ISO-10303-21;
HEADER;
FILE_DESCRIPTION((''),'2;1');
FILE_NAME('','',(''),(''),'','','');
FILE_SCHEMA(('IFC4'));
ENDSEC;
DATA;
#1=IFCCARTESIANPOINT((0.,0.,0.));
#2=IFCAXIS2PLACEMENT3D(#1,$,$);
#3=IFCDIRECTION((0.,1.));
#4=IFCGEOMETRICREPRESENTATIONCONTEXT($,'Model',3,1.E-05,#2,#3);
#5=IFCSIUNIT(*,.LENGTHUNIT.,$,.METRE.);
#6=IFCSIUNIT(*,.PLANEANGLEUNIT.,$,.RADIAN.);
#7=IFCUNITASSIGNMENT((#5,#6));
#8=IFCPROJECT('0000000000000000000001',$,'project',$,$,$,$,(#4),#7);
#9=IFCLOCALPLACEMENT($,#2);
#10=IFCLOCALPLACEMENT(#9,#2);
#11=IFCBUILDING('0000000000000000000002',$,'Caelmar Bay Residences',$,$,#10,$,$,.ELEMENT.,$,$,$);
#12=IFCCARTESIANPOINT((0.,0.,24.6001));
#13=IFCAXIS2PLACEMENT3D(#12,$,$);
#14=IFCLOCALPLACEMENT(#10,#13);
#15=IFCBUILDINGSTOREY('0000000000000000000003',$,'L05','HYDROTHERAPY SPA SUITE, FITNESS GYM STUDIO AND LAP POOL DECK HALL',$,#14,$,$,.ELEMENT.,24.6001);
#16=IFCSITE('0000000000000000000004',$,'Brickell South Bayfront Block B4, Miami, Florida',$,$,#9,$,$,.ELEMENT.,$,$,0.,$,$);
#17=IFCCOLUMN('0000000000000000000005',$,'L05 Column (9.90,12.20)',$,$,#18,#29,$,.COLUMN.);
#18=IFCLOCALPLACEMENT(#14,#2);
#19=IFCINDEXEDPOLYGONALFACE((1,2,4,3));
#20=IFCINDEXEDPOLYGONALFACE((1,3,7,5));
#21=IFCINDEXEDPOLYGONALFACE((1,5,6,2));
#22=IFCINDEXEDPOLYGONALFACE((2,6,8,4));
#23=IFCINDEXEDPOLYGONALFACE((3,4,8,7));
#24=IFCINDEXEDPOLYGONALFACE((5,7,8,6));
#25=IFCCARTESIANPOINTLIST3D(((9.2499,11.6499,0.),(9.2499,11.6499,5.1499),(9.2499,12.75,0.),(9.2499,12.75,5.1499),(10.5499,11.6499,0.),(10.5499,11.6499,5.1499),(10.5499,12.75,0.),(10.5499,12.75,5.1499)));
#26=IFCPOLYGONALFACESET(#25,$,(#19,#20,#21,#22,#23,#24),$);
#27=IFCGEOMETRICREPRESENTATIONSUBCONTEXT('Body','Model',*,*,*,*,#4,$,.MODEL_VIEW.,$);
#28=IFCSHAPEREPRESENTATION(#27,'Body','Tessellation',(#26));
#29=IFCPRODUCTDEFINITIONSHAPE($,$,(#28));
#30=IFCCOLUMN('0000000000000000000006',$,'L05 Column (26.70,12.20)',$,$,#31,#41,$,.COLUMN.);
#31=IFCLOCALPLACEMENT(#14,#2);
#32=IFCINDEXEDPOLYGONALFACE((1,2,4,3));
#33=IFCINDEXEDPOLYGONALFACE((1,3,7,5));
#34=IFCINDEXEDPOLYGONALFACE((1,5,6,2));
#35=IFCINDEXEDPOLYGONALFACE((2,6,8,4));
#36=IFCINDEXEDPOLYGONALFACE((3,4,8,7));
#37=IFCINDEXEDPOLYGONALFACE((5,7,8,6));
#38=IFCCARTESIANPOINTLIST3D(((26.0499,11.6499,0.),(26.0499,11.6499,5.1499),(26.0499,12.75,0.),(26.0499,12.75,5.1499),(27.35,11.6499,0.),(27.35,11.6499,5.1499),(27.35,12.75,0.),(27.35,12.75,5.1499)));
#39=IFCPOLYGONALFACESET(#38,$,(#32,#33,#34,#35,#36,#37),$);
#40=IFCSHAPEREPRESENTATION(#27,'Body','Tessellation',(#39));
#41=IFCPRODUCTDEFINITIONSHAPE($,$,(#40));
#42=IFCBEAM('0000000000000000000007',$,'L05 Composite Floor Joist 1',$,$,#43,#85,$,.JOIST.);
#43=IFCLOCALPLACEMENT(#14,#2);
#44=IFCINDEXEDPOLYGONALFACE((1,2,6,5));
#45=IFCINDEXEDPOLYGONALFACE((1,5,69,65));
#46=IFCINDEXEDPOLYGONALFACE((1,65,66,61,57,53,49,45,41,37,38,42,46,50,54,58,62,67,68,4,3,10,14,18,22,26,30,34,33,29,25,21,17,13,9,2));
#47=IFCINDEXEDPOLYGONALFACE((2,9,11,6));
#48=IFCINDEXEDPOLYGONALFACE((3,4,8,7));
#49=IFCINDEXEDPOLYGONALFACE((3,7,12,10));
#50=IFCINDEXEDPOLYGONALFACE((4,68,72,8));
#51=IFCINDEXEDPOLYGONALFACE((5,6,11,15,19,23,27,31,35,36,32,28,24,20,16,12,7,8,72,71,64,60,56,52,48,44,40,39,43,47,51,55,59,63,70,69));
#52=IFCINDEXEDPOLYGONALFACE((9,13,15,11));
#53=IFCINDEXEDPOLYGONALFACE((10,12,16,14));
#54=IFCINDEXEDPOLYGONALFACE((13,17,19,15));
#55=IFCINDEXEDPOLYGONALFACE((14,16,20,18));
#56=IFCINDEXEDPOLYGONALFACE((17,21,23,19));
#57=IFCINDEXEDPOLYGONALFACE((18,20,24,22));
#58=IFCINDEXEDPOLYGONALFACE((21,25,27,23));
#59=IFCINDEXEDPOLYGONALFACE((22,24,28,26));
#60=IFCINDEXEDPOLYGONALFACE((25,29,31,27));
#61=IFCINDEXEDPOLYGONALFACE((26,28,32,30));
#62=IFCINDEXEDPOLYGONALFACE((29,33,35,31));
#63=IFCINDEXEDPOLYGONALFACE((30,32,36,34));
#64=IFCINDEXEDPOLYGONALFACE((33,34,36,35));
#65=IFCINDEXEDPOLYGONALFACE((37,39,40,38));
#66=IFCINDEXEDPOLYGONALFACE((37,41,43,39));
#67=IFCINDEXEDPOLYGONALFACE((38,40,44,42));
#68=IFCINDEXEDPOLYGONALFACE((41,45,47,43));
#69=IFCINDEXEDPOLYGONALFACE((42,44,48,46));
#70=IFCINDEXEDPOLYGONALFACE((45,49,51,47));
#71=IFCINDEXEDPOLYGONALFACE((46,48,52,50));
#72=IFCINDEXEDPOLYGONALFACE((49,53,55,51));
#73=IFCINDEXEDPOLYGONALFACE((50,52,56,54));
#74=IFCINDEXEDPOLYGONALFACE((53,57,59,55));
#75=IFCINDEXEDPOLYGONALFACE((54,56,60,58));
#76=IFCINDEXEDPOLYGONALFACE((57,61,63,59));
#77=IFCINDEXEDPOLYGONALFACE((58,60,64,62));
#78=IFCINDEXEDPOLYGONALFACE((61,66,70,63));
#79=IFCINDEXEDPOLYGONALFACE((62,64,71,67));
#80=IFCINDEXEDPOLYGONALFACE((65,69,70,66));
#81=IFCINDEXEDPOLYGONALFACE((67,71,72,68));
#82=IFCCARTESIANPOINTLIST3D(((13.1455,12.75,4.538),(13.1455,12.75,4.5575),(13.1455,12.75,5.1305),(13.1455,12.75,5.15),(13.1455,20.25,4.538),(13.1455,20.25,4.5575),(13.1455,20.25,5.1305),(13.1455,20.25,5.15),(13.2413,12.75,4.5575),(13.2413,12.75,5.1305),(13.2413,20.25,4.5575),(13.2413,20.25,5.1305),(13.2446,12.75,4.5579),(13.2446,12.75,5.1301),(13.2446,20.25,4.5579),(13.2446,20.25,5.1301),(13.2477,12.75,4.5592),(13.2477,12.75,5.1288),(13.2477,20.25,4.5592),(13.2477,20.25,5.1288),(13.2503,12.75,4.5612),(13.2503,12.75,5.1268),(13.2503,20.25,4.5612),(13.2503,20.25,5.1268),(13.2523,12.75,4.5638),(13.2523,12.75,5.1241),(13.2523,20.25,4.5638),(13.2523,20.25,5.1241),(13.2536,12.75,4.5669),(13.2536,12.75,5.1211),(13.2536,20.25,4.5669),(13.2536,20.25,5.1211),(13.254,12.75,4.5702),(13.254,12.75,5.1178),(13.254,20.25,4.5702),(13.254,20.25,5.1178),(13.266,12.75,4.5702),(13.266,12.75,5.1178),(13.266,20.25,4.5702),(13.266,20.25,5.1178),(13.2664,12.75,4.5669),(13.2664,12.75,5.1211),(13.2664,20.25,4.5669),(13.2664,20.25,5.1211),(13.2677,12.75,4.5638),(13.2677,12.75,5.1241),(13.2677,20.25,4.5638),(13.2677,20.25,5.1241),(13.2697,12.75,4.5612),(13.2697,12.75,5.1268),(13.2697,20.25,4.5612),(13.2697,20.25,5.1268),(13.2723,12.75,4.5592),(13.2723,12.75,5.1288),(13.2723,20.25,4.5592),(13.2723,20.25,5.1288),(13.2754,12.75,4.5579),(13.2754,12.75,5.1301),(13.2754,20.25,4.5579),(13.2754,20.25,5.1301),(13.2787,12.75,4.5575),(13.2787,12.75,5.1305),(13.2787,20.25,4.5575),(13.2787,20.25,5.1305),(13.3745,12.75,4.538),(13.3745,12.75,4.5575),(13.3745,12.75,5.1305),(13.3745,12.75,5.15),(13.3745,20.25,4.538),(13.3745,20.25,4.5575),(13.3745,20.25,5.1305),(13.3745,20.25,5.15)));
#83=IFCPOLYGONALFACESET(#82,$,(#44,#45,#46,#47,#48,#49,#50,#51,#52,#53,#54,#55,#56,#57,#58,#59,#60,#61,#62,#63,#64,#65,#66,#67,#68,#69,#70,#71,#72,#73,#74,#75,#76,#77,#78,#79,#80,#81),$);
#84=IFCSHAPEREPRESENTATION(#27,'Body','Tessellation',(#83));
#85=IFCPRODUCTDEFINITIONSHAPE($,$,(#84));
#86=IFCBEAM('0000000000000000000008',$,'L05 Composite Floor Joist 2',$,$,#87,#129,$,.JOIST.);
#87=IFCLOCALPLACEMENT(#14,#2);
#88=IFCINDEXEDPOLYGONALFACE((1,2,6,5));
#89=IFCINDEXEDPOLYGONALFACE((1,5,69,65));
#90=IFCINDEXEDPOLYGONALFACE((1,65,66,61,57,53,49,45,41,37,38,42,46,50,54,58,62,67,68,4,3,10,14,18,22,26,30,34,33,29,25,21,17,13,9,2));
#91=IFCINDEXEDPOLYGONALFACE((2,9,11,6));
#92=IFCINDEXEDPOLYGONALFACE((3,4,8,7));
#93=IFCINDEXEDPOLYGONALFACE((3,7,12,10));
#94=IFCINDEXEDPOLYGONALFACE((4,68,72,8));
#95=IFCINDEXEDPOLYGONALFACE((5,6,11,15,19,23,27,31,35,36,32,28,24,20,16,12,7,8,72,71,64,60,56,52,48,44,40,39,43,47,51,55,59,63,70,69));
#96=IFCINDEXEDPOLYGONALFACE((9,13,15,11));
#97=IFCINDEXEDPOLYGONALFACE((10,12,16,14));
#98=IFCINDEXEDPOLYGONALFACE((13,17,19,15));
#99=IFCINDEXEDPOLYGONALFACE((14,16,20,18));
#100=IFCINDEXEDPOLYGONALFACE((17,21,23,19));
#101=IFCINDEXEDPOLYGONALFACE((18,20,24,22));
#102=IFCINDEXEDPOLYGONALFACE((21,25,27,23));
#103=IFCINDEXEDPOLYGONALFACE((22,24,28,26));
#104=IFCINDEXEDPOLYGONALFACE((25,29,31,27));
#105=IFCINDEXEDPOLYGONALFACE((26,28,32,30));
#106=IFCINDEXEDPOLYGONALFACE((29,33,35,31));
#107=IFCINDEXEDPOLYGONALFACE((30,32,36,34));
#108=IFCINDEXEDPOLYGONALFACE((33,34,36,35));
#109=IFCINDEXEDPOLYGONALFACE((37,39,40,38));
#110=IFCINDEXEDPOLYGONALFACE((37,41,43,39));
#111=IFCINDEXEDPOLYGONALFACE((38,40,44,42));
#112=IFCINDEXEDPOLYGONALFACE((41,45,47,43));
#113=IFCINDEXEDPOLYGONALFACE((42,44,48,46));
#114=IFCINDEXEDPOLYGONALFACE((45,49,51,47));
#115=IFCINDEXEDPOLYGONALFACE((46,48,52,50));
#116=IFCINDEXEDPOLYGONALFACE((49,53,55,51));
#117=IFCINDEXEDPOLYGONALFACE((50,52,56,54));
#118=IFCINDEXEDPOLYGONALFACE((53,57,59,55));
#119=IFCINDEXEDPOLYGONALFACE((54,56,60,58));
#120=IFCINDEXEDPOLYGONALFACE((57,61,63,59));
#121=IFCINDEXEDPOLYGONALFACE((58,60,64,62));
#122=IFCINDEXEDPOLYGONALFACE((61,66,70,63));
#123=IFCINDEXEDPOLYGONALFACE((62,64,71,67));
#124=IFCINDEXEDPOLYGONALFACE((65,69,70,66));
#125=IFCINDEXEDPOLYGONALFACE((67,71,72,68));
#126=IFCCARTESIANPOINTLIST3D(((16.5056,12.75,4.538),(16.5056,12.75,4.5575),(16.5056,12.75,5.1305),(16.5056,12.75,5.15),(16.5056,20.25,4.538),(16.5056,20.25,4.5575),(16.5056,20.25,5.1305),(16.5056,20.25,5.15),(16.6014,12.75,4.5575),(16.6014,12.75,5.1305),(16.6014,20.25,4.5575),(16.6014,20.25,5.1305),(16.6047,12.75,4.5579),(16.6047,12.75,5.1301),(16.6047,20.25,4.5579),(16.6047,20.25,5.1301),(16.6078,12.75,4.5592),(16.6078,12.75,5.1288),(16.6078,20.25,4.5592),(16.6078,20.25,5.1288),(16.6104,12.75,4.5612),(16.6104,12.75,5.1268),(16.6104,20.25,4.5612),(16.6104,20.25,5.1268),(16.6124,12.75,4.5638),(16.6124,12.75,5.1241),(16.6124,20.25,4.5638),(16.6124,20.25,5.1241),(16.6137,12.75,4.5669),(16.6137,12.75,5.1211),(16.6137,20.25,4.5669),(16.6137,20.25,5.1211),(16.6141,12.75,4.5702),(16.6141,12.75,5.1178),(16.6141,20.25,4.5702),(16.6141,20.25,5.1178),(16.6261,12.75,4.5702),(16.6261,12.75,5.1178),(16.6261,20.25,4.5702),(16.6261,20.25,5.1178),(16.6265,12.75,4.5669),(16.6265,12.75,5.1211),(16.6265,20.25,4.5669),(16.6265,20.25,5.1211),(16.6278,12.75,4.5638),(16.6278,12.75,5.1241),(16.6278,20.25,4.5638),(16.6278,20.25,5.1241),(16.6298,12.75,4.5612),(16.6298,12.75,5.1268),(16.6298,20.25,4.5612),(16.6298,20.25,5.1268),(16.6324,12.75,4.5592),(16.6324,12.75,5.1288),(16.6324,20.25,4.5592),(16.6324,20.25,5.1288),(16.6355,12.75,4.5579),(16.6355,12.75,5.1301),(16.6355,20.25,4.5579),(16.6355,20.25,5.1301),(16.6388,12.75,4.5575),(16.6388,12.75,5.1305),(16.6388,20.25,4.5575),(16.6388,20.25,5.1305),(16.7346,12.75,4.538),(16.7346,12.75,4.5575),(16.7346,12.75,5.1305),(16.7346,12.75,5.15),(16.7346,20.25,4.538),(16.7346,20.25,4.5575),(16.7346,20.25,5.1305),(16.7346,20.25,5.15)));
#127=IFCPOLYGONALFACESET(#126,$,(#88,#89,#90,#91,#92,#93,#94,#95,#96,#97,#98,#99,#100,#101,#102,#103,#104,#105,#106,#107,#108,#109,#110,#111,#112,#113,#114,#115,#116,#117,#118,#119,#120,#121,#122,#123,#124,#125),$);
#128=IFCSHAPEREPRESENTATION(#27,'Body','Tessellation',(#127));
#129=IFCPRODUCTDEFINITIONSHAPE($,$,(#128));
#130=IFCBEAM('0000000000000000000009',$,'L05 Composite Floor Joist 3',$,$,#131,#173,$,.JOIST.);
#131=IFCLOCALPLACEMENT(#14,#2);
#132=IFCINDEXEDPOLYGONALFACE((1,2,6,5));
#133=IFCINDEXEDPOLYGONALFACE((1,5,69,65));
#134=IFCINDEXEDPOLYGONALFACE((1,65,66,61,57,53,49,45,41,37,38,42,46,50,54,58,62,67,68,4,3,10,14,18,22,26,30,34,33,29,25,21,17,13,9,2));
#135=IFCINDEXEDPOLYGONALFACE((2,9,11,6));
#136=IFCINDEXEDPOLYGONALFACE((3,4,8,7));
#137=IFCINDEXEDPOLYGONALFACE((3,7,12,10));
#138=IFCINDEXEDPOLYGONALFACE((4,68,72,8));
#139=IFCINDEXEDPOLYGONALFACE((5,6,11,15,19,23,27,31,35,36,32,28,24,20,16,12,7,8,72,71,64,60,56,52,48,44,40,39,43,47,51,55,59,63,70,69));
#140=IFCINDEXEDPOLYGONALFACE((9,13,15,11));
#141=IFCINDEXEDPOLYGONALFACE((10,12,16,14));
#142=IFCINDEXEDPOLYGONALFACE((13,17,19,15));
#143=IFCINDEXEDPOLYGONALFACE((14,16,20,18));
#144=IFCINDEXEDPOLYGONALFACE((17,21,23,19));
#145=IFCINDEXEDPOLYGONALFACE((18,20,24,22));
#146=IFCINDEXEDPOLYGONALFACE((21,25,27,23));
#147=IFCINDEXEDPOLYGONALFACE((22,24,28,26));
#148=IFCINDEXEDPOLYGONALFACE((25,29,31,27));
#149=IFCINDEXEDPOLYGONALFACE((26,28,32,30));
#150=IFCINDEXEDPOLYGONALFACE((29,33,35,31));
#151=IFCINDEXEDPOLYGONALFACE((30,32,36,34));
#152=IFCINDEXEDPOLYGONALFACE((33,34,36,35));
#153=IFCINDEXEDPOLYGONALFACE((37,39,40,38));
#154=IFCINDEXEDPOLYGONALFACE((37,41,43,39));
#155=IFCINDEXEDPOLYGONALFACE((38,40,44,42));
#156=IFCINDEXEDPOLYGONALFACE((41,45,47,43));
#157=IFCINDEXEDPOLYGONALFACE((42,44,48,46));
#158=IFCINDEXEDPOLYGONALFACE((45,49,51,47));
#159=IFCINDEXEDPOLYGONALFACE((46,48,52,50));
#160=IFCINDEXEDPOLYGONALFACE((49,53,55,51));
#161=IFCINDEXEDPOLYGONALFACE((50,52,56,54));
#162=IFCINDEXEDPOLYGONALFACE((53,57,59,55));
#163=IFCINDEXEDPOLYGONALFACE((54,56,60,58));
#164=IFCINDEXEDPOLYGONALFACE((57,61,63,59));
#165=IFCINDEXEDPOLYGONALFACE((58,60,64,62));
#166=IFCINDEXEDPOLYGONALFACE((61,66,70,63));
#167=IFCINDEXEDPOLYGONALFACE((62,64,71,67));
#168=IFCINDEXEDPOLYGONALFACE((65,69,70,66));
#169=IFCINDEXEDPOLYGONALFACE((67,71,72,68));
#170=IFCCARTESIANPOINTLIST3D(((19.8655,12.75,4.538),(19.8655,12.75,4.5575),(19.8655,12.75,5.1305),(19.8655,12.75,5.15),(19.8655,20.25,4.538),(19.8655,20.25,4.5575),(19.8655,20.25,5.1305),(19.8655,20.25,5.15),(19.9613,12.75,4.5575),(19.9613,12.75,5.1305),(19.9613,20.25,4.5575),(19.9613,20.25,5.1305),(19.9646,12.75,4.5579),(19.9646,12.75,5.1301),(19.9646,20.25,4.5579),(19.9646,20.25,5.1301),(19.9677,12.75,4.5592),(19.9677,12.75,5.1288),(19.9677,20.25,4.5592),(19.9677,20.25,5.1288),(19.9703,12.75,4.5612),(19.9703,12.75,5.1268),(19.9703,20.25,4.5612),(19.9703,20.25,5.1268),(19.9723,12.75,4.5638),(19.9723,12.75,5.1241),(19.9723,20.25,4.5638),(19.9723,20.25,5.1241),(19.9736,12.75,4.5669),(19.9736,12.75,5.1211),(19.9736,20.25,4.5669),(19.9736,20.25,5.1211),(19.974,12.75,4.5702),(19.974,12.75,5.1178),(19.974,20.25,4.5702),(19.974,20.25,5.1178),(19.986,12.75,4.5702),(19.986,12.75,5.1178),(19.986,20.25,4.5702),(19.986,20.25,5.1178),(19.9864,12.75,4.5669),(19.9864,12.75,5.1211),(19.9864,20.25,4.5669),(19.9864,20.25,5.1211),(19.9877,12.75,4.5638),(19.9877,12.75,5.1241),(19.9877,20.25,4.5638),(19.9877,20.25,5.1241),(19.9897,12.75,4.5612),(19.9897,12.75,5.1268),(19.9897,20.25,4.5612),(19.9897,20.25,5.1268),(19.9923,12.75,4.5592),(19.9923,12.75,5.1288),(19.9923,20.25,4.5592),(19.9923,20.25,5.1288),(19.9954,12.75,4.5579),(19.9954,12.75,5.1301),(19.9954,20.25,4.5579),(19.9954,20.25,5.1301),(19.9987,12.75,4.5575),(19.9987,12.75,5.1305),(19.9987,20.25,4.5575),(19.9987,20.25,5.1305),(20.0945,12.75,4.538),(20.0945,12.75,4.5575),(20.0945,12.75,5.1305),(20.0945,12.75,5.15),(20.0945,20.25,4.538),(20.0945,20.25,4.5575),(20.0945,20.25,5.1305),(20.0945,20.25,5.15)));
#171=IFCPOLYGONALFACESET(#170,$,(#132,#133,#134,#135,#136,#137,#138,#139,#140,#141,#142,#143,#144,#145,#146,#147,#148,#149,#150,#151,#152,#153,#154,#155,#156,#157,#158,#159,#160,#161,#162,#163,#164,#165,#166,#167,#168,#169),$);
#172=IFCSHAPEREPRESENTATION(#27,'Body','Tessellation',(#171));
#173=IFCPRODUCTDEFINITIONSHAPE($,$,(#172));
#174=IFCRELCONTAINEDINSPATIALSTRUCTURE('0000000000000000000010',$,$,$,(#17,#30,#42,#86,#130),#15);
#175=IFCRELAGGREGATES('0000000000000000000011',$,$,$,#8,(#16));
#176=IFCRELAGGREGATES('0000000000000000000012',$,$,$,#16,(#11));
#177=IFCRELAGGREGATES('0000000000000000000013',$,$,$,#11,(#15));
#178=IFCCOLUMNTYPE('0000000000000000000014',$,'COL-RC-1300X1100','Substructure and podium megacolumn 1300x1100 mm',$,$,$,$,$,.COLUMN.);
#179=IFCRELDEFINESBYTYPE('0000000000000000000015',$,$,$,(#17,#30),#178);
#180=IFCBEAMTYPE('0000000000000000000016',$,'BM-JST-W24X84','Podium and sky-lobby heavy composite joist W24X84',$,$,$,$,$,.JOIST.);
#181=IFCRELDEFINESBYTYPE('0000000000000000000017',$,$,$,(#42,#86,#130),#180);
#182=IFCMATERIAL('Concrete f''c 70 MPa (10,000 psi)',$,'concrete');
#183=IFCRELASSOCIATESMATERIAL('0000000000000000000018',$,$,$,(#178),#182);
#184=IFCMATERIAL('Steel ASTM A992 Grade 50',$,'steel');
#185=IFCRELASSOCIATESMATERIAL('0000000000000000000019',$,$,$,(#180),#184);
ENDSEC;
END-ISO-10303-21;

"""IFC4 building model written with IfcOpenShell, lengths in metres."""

from ifc_helpers import new_model, si_unit, direction, frame, origin, origin_2d, place, context, subcontext, project, spatial, rectangle, i_section, extrude, material, material_profile, profile_set, type_object, element, save


model = new_model("IFC4")

# Units and contexts
model_context = context("Model", 3, precision=1e-05, world=origin(), true_north=direction((0.0, 1.0)))
body_context = subcontext(model_context, "Body", "Model", "MODEL_VIEW")
ifc_project = project(units=[si_unit("LENGTHUNIT", "METRE"), si_unit("PLANEANGLEUNIT", "RADIAN")], contexts=[model_context])

# Site, building, storey
site_placement = place(None, origin())
site = spatial("IfcSite", under=ifc_project, at=site_placement, Name="Brickell South Bayfront Block B4, Miami, Florida", CompositionType="ELEMENT", RefElevation=0.0)
building_placement = place(site_placement, origin())
building = spatial("IfcBuilding", under=site, at=building_placement, Name="Caelmar Bay Residences", CompositionType="ELEMENT")
storey_placement = place(building_placement, frame((0.0, 0.0, 24.6001)))
storey = spatial("IfcBuildingStorey", under=building, at=storey_placement, Name="L05", Description="HYDROTHERAPY SPA SUITE, FITNESS GYM STUDIO AND LAP POOL DECK HALL", CompositionType="ELEMENT", Elevation=24.6001)

# Columns
ifc_material_1 = material(Name="Concrete f'c 70 MPa (10,000 psi)", Category="concrete")
ifc_material_profile_1 = material_profile(ifc_material_1, rectangle(XDim=1.3, YDim=1.1001, at=origin_2d()), Name="RC-COL-1300X1100")
ifc_profile_set_1 = profile_set([ifc_material_profile_1], Name="Concrete f'c 70 MPa (10,000 psi)")
column_type = type_object("IfcColumnType", Name="COL-RC-1300X1100", Description="Substructure and podium megacolumn 1300x1100 mm", PredefinedType="COLUMN", material=ifc_profile_set_1)
for number, where, z_axis, x_axis, name in (
    (1, (9.8999, 12.2, 0.0), (0.0, 0.0, 1.0), (1.0, 0.0, 0.0), "L05 Column (9.90,12.20)"),
    (2, (26.7, 12.2, 0.0), (0.0, 0.0, 1.0), (1.0, 0.0, 0.0), "L05 Column (26.70,12.20)"),
):
    element("IfcColumn", number, at=place(storey_placement, frame(where, z_axis=z_axis, x_axis=x_axis)), inside=storey, type_object=column_type, Name=name, PredefinedType="COLUMN", context=body_context, shape_type="SweptSolid", body=[
        extrude(rectangle(XDim=1.3, YDim=1.1001, at=origin_2d()), origin(), (0.0, 0.0, 1.0), 5.1499),
    ])

# Beams
ifc_material_2 = material(Name="Steel ASTM A992 Grade 50", Category="steel")
ifc_material_profile_2 = material_profile(ifc_material_2, i_section(OverallWidth=0.229, OverallDepth=0.6121, WebThickness=0.012, FlangeThickness=0.0195, FilletRadius=0.0127, at=origin_2d()), Name="W24X84")
ifc_profile_set_2 = profile_set([ifc_material_profile_2], Name="Steel ASTM A992 Grade 50")
beam_type_1 = type_object("IfcBeamType", Name="BM-JST-W24X84", Description="Podium and sky-lobby heavy composite joist W24X84", PredefinedType="JOIST", material=ifc_profile_set_2)
for number, where, z_axis, x_axis, name in (
    (3, (13.26, 12.75, 4.844), (0.0, 1.0, 0.0), (-1.0, 0.0, 0.0), "L05 Composite Floor Joist 1"),
    (4, (16.6201, 12.75, 4.844), (0.0, 1.0, 0.0), (-1.0, 0.0, 0.0), "L05 Composite Floor Joist 2"),
    (5, (19.98, 12.75, 4.844), (0.0, 1.0, 0.0), (-1.0, 0.0, 0.0), "L05 Composite Floor Joist 3"),
):
    element("IfcBeam", number, at=place(storey_placement, frame(where, z_axis=z_axis, x_axis=x_axis)), inside=storey, type_object=beam_type_1, Name=name, PredefinedType="JOIST", context=body_context, shape_type="SweptSolid", body=[
        extrude(i_section(OverallWidth=0.229, OverallDepth=0.6121, WebThickness=0.012, FlangeThickness=0.0195, FilletRadius=0.0127, at=origin_2d()), origin(), (0.0, 0.0, 1.0), 7.5),
    ])

save(model, "model.ifc")
